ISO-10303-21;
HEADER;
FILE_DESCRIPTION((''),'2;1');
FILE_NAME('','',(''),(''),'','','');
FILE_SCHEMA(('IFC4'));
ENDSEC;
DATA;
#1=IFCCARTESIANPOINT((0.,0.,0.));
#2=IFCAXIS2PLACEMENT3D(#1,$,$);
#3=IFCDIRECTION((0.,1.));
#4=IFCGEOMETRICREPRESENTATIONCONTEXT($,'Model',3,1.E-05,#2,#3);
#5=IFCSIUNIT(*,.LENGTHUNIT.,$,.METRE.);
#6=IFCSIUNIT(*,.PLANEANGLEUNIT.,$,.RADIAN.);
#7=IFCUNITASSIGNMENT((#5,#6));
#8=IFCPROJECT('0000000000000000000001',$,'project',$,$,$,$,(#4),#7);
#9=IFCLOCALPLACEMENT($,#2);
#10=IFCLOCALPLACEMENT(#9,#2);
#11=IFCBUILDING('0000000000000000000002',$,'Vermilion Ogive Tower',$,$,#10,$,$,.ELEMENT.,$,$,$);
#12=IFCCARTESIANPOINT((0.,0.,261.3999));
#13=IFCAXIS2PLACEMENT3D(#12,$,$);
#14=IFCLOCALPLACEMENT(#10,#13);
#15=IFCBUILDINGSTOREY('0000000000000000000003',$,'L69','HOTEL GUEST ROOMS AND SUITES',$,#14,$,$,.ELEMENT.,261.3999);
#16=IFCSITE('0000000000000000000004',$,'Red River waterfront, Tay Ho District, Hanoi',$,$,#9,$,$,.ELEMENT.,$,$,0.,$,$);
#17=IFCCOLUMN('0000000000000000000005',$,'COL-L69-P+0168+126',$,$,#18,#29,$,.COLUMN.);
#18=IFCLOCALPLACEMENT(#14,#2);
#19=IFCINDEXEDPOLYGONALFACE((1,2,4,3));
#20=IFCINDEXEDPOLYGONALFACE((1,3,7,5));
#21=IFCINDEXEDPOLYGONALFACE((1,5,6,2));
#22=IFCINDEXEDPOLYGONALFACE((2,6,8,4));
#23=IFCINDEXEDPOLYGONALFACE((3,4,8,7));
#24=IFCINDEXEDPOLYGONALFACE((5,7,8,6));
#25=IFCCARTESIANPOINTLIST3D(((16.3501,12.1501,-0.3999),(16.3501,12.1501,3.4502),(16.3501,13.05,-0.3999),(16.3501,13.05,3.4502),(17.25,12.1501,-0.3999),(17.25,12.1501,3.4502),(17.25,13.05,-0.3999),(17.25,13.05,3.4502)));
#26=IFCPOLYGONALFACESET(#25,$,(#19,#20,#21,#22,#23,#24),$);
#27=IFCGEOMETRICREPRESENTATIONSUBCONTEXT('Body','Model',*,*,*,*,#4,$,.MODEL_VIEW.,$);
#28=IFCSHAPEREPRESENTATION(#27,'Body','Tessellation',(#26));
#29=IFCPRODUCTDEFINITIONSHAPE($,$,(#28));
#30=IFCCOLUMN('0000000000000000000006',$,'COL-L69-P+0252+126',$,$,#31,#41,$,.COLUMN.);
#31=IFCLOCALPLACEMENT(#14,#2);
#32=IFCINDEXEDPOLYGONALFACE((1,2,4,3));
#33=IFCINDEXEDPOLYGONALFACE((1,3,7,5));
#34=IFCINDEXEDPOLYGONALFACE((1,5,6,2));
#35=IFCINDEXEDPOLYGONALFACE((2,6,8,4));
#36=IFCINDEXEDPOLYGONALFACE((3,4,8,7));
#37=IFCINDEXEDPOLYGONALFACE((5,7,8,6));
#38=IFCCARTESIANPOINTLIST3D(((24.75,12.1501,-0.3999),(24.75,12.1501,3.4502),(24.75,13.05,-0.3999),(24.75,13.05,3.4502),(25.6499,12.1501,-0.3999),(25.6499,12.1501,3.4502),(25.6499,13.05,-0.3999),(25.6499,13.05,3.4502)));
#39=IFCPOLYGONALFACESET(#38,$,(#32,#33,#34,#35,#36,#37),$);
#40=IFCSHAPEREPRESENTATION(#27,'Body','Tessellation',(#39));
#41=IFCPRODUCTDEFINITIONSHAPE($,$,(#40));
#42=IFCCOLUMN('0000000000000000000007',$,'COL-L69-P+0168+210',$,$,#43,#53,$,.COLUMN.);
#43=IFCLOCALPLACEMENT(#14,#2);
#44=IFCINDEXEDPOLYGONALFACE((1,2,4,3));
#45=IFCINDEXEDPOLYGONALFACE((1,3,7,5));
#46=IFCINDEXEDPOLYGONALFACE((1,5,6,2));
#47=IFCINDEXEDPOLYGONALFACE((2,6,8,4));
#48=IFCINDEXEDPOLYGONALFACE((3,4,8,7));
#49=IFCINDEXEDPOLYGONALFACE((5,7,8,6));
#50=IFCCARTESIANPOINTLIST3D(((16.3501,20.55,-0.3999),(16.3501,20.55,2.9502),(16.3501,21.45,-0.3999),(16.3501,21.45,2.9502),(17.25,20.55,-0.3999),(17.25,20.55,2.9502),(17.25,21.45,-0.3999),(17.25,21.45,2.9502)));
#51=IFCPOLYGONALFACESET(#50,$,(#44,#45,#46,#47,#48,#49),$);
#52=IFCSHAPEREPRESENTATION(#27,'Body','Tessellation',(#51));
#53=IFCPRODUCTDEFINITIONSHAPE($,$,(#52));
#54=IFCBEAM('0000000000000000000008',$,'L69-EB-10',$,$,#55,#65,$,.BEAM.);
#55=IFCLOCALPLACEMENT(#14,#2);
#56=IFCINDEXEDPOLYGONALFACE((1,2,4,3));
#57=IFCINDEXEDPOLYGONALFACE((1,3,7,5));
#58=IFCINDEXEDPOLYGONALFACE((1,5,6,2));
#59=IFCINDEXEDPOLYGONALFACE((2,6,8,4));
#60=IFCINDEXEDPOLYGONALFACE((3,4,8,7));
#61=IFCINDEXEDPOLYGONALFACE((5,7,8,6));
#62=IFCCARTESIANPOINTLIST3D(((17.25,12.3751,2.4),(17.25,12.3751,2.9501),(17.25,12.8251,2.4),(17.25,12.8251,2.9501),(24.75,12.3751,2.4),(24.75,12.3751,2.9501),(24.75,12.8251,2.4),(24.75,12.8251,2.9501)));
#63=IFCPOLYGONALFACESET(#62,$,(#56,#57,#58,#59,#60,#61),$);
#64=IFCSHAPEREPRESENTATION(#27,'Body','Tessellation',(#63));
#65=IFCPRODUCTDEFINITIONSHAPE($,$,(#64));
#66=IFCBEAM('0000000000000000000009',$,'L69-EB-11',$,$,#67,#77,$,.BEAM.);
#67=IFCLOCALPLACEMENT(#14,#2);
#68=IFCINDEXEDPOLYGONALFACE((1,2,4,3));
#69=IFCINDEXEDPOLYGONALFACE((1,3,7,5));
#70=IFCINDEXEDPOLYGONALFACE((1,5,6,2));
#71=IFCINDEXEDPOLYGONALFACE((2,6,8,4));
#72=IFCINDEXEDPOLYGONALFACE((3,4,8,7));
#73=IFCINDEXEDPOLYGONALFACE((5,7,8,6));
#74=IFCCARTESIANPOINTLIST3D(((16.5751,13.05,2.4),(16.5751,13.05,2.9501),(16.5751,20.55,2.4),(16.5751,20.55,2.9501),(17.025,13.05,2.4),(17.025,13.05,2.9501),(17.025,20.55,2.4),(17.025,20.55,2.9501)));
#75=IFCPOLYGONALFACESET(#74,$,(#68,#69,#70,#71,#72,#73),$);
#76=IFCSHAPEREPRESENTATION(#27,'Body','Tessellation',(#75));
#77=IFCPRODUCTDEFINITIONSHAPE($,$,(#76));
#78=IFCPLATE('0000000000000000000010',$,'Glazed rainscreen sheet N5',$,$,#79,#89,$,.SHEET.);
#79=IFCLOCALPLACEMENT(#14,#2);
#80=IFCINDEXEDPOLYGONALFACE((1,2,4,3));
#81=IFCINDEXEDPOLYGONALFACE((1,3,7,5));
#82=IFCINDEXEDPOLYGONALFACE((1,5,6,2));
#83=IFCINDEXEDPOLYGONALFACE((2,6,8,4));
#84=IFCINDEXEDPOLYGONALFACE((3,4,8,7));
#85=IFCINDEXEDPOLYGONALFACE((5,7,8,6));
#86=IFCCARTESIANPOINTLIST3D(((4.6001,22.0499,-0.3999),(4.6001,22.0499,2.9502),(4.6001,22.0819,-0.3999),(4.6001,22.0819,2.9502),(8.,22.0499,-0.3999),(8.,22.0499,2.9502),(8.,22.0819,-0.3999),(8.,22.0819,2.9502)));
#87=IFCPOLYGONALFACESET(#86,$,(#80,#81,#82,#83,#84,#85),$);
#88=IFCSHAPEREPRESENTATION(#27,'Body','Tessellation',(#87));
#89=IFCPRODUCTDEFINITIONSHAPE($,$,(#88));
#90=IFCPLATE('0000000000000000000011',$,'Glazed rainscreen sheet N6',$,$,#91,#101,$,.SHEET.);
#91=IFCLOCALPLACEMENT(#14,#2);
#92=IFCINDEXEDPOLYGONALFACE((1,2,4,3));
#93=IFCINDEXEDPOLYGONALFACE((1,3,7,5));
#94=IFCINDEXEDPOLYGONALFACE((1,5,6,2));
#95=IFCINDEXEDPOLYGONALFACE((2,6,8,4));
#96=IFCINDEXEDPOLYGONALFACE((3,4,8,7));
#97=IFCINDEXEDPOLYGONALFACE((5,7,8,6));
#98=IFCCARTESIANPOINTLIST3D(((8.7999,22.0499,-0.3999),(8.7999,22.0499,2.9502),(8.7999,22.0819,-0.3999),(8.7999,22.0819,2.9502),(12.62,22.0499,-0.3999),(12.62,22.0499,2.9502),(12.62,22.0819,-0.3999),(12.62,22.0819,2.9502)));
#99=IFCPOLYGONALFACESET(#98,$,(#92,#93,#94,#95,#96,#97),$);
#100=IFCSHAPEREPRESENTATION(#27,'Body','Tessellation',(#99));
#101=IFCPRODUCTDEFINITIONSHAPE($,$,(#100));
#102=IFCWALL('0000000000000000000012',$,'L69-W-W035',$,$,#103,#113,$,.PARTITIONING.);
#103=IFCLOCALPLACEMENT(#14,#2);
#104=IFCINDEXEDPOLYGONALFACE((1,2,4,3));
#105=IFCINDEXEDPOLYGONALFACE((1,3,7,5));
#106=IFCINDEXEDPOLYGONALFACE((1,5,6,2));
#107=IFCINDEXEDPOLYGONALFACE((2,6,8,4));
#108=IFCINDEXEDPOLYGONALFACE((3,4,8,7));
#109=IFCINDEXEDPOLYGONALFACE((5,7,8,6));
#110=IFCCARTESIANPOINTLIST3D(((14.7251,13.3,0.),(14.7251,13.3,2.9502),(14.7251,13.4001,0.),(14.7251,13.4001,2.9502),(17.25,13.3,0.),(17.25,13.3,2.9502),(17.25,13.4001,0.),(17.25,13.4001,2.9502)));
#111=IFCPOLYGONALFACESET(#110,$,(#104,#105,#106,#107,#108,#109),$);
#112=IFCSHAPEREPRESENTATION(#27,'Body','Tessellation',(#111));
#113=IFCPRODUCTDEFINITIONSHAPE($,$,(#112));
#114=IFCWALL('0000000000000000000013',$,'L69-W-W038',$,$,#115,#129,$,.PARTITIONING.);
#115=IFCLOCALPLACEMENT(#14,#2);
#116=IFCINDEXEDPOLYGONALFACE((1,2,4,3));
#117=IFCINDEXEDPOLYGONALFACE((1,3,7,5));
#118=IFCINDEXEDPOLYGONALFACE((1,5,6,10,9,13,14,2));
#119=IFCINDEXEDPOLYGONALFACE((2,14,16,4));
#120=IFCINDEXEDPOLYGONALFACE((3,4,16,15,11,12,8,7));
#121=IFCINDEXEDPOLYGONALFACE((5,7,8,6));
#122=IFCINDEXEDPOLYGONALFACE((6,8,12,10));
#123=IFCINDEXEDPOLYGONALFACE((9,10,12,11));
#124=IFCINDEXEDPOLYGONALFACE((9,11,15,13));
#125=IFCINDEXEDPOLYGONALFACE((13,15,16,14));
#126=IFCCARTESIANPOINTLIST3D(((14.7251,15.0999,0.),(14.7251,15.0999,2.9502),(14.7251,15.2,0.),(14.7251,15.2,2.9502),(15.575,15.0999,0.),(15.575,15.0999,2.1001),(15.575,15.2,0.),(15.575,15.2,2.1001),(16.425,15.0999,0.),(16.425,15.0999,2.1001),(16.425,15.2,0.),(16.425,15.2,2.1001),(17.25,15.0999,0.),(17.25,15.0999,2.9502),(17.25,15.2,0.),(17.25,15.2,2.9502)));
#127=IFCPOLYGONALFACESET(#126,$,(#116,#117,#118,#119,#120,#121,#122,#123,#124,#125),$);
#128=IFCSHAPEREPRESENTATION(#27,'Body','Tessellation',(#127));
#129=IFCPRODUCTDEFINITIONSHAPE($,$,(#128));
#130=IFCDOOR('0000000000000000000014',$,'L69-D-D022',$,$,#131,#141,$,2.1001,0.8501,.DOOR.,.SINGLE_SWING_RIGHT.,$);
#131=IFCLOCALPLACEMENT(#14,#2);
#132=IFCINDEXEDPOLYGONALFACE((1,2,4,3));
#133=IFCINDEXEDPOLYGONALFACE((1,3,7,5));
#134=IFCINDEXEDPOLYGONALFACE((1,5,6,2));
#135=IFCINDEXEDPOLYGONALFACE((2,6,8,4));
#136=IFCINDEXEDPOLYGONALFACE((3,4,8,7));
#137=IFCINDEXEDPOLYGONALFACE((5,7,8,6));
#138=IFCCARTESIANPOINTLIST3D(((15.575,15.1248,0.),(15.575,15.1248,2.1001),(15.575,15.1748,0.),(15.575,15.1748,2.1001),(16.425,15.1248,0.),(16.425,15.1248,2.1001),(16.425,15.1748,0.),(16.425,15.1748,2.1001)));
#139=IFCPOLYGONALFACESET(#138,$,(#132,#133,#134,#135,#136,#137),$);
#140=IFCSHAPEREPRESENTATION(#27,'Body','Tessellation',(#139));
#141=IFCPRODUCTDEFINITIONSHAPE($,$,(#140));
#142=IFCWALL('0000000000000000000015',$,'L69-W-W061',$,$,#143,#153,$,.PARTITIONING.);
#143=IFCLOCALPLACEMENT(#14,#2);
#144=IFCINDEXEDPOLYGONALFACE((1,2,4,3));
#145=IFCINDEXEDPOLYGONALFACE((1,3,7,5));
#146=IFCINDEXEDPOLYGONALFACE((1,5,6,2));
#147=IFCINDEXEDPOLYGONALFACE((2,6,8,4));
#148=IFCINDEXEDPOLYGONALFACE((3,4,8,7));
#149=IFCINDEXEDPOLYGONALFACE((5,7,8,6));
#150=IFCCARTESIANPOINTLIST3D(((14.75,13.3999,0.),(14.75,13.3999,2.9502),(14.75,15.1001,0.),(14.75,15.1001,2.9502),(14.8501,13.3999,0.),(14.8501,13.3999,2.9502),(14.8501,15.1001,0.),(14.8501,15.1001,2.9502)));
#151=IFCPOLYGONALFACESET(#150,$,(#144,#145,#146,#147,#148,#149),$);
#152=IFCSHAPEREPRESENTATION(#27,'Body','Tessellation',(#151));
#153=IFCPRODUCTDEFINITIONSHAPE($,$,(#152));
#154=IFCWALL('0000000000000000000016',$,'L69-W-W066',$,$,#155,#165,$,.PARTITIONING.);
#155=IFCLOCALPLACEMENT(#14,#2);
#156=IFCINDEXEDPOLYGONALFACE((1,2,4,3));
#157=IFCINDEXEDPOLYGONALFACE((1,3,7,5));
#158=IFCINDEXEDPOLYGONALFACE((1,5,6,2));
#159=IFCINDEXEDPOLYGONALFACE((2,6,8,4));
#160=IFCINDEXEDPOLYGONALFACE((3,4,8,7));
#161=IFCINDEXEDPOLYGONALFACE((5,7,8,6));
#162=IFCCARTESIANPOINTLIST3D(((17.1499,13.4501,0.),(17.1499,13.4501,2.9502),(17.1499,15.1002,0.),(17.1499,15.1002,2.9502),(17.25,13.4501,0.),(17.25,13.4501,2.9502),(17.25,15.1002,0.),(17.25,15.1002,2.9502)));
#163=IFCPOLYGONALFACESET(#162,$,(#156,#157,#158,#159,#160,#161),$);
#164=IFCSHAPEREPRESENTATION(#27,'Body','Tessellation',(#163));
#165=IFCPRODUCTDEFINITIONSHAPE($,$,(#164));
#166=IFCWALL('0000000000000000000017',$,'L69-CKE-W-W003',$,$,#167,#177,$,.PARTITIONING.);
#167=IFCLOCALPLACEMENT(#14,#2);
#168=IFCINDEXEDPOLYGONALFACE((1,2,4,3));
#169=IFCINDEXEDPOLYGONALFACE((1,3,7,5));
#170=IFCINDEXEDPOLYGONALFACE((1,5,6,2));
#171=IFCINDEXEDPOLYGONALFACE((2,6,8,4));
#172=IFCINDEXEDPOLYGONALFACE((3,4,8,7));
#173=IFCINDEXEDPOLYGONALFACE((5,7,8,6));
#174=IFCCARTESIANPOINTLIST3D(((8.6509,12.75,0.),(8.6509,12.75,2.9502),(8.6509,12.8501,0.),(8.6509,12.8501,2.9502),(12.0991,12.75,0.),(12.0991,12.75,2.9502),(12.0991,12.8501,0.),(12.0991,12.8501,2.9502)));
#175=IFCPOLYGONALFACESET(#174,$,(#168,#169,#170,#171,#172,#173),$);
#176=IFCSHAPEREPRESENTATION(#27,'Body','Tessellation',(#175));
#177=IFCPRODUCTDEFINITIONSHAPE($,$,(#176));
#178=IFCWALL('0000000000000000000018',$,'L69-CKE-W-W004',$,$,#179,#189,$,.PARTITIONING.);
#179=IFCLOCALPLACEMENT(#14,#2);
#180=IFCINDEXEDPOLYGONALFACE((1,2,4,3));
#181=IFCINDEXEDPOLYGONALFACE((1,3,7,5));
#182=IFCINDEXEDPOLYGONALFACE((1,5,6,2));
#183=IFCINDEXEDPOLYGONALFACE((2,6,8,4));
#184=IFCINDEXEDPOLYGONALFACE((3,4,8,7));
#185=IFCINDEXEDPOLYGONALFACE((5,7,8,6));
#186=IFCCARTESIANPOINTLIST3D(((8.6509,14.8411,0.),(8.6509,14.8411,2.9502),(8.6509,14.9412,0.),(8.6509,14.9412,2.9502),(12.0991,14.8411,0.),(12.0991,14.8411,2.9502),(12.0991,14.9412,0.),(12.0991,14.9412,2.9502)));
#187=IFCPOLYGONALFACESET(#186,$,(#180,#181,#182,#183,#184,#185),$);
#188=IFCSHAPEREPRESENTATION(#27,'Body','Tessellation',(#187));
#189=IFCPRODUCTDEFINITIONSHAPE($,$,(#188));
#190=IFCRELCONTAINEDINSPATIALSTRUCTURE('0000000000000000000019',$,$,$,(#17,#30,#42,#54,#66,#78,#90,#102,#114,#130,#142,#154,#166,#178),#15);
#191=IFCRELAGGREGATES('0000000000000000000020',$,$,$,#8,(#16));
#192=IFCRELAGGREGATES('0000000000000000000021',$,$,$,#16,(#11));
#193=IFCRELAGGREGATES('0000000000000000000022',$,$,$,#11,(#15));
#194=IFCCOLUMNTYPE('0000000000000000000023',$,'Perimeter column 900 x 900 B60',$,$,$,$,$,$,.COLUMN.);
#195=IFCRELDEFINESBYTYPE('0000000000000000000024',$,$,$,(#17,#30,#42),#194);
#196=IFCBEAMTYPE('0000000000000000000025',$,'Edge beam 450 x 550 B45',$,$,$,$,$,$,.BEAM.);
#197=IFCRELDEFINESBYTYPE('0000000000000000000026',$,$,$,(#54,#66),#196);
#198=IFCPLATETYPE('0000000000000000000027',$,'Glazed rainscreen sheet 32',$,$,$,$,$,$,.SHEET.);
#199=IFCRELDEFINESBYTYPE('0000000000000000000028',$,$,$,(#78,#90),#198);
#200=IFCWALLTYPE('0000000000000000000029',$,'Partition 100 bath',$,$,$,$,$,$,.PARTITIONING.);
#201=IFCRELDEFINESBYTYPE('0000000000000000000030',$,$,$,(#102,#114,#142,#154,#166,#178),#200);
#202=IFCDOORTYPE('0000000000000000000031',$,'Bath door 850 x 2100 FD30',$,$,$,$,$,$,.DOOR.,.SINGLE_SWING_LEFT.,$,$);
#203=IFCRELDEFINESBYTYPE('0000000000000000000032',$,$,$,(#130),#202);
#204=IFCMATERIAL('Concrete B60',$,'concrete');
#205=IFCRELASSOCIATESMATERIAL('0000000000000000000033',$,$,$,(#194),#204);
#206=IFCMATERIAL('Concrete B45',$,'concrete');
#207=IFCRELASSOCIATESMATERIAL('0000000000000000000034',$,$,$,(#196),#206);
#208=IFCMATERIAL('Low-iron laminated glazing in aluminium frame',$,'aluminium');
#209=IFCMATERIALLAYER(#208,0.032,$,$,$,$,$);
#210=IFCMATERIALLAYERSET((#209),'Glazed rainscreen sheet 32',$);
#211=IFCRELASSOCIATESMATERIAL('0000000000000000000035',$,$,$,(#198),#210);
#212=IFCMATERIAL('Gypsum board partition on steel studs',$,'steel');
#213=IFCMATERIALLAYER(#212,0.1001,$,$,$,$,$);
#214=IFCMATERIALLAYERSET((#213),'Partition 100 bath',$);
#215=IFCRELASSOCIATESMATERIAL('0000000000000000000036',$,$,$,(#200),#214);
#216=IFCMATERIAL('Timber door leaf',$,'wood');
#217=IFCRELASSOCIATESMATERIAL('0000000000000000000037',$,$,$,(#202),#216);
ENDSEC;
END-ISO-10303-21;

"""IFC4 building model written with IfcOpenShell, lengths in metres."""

from ifc_helpers import new_model, si_unit, direction, frame, frame_2d, origin, origin_2d, place, context, subcontext, project, spatial, rectangle, extrude, material, layer, layer_set, material_profile, profile_set, type_object, element, fill, save


model = new_model("IFC4")

# Units and contexts
model_context = context("Model", 3, precision=1e-05, world=origin(), true_north=direction((0.0, 1.0)))
body_context = subcontext(model_context, "Body", "Model", "MODEL_VIEW")
ifc_project = project(units=[si_unit("LENGTHUNIT", "METRE"), si_unit("PLANEANGLEUNIT", "RADIAN")], contexts=[model_context])

# Site, building, storey
site_placement = place(None, origin())
site = spatial("IfcSite", under=ifc_project, at=site_placement, Name="Red River waterfront, Tay Ho District, Hanoi", CompositionType="ELEMENT", RefElevation=0.0)
building_placement = place(site_placement, origin())
building = spatial("IfcBuilding", under=site, at=building_placement, Name="Vermilion Ogive Tower", CompositionType="ELEMENT")
storey_placement = place(building_placement, frame((0.0, 0.0, 261.3999)))
storey = spatial("IfcBuildingStorey", under=building, at=storey_placement, Name="L69", Description="HOTEL GUEST ROOMS AND SUITES", CompositionType="ELEMENT", Elevation=261.3999)

# Columns
ifc_material_1 = material(Name="Concrete B60", Category="concrete")
ifc_material_profile_1 = material_profile(ifc_material_1, rectangle(XDim=0.8999, YDim=0.8999, at=origin_2d()), Name="900 x 900")
ifc_profile_set_1 = profile_set([ifc_material_profile_1], Name="Concrete B60")
column_type = type_object("IfcColumnType", Name="Perimeter column 900 x 900 B60", PredefinedType="COLUMN", material=ifc_profile_set_1)
for number, where, z_axis, x_axis, name in (
    (1, (16.8, 12.6001, -0.3999), (0.0, 0.0, 1.0), (1.0, 0.0, 0.0), "COL-L69-P+0168+126"),
    (2, (25.2, 12.6001, -0.3999), (0.0, 0.0, 1.0), (1.0, 0.0, 0.0), "COL-L69-P+0252+126"),
):
    element("IfcColumn", number, at=place(storey_placement, frame(where, z_axis=z_axis, x_axis=x_axis)), inside=storey, type_object=column_type, Name=name, PredefinedType="COLUMN", context=body_context, shape_type="SweptSolid", body=[
        extrude(rectangle(XDim=0.8999, YDim=0.8999, at=origin_2d()), origin(), (0.0, 0.0, 1.0), 3.8501),
    ])
column_placement = place(storey_placement, frame((16.8, 21.0, -0.3999), z_axis=(0.0, 0.0, 1.0), x_axis=(1.0, 0.0, 0.0)))
element("IfcColumn", 3, at=column_placement, inside=storey, type_object=column_type, Name="COL-L69-P+0168+210", PredefinedType="COLUMN", context=body_context, shape_type="SweptSolid", body=[
    extrude(rectangle(XDim=0.8999, YDim=0.8999, at=origin_2d()), origin(), (0.0, 0.0, 1.0), 3.3501),
])

# Beams
ifc_material_2 = material(Name="Concrete B45", Category="concrete")
ifc_material_profile_2 = material_profile(ifc_material_2, rectangle(XDim=0.45, YDim=0.55, at=origin_2d()), Name="450 x 550")
ifc_profile_set_2 = profile_set([ifc_material_profile_2], Name="Concrete B45")
beam_type = type_object("IfcBeamType", Name="Edge beam 450 x 550 B45", PredefinedType="BEAM", material=ifc_profile_set_2)
for number, where, z_axis, x_axis, name in (
    (4, (24.75, 12.6001, 2.675), (-1.0, 0.0, 0.0), (0.0, -1.0, 0.0), "L69-EB-10"),
    (5, (16.8, 13.05, 2.675), (0.0, 1.0, 0.0), (-1.0, 0.0, 0.0), "L69-EB-11"),
):
    element("IfcBeam", number, at=place(storey_placement, frame(where, z_axis=z_axis, x_axis=x_axis)), inside=storey, type_object=beam_type, Name=name, PredefinedType="BEAM", context=body_context, shape_type="SweptSolid", body=[
        extrude(rectangle(XDim=0.45, YDim=0.55, at=origin_2d()), origin(), (0.0, 0.0, 1.0), 7.5),
    ])

# Plates
ifc_material_3 = material(Name="Low-iron laminated glazing in aluminium frame", Category="aluminium")
ifc_layer_1 = layer(ifc_material_3, 0.032)
ifc_layer_set_1 = layer_set([ifc_layer_1], Name="Glazed rainscreen sheet 32")
plate_type = type_object("IfcPlateType", Name="Glazed rainscreen sheet 32", PredefinedType="SHEET", material=ifc_layer_set_1)
plate_1_placement = place(storey_placement, frame((6.3, 22.0659, -0.3999), z_axis=(0.0, 0.0, 1.0), x_axis=(1.0, 0.0, 0.0)))
element("IfcPlate", 6, at=plate_1_placement, inside=storey, type_object=plate_type, Name="Glazed rainscreen sheet N5", PredefinedType="SHEET", context=body_context, shape_type="SweptSolid", body=[
    extrude(rectangle(XDim=3.3999, YDim=0.032, at=origin_2d()), origin(), (0.0, 0.0, 1.0), 3.3501),
])
plate_2_placement = place(storey_placement, frame((10.71, 22.0659, -0.3999), z_axis=(0.0, 0.0, 1.0), x_axis=(1.0, 0.0, 0.0)))
element("IfcPlate", 7, at=plate_2_placement, inside=storey, type_object=plate_type, Name="Glazed rainscreen sheet N6", PredefinedType="SHEET", context=body_context, shape_type="SweptSolid", body=[
    extrude(rectangle(XDim=3.8201, YDim=0.032, at=origin_2d()), origin(), (0.0, 0.0, 1.0), 3.3501),
])

# Wall
ifc_material_4 = material(Name="Gypsum board partition on steel studs", Category="steel")
ifc_layer_2 = layer(ifc_material_4, 0.1001)
ifc_layer_set_2 = layer_set([ifc_layer_2], Name="Partition 100 bath")
wall_type_1 = type_object("IfcWallType", Name="Partition 100 bath", PredefinedType="PARTITIONING", material=ifc_layer_set_2)
wall_1_placement = place(storey_placement, frame((14.7251, 13.3501, 0.0), z_axis=(0.0, 0.0, 1.0), x_axis=(1.0, 0.0, 0.0)))
element("IfcWall", 8, at=wall_1_placement, inside=storey, type_object=wall_type_1, Name="L69-W-W035", PredefinedType="PARTITIONING", context=body_context, shape_type="SweptSolid", body=[
    extrude(rectangle(XDim=2.5249, YDim=0.1001, at=frame_2d((1.2625, 0.0))), origin(), (0.0, 0.0, 1.0), 2.9502),
])

# Wall, opening, door
wall_2_placement = place(storey_placement, frame((14.7251, 15.1499, 0.0), z_axis=(0.0, 0.0, 1.0), x_axis=(1.0, 0.0, 0.0)))
wall_2 = element("IfcWall", 9, at=wall_2_placement, inside=storey, type_object=wall_type_1, Name="L69-W-W038", PredefinedType="PARTITIONING", context=body_context, shape_type="SweptSolid", body=[
    extrude(rectangle(XDim=2.5249, YDim=0.1001, at=frame_2d((1.2625, 0.0))), origin(), (0.0, 0.0, 1.0), 2.9502),
])
opening_1_placement = place(wall_2_placement, frame((0.8499, 0.0, 0.0)))
opening_1 = element("IfcOpeningElement", 10, at=opening_1_placement, cuts=wall_2, PredefinedType="OPENING", context=body_context, shape_type="SweptSolid", body=[
    extrude(rectangle(XDim=0.8501, YDim=2.1001, at=frame_2d((0.425, 1.05))), frame((0.0, 0.0601, 0.0), z_axis=(0.0, -1.0, 0.0), x_axis=(1.0, 0.0, 0.0)), (0.0, 0.0, 1.0), 0.1201),
])
ifc_material_5 = material(Name="Timber door leaf", Category="wood")
door_type_1 = type_object("IfcDoorType", Name="Bath door 850 x 2100 FD30", OperationType="SINGLE_SWING_LEFT", PredefinedType="DOOR", material=ifc_material_5)
door_1_placement = place(opening_1_placement, origin())
door_1 = element("IfcDoor", 11, at=door_1_placement, inside=storey, type_object=door_type_1, Name="L69-D-D022", OperationType="SINGLE_SWING_RIGHT", OverallHeight=2.1001, OverallWidth=0.8501, PredefinedType="DOOR", context=body_context, shape_type="SweptSolid", body=[
    extrude(rectangle(XDim=0.8501, YDim=2.1001, at=frame_2d((0.425, 1.05))), frame((0.0, 0.0249, 0.0), z_axis=(0.0, -1.0, 0.0), x_axis=(1.0, 0.0, 0.0)), (0.0, 0.0, 1.0), 0.05),
])
fill(opening_1, door_1)

# Walls
wall_3_placement = place(storey_placement, frame((14.8, 13.3999, 0.0), z_axis=(0.0, 0.0, 1.0), x_axis=(0.0, 1.0, 0.0)))
element("IfcWall", 12, at=wall_3_placement, inside=storey, type_object=wall_type_1, Name="L69-W-W061", PredefinedType="PARTITIONING", context=body_context, shape_type="SweptSolid", body=[
    extrude(rectangle(XDim=1.7002, YDim=0.1001, at=frame_2d((0.8501, 0.0))), origin(), (0.0, 0.0, 1.0), 2.9502),
])
wall_4_placement = place(storey_placement, frame((17.2, 13.45, 0.0), z_axis=(0.0, 0.0, 1.0), x_axis=(0.0, 1.0, 0.0)))
element("IfcWall", 13, at=wall_4_placement, inside=storey, type_object=wall_type_1, Name="L69-W-W066", PredefinedType="PARTITIONING", context=body_context, shape_type="SweptSolid", body=[
    extrude(rectangle(XDim=1.6501, YDim=0.1001, at=frame_2d((0.8252, 0.0))), origin(), (0.0, 0.0, 1.0), 2.9502),
])
for number, where, z_axis, x_axis, name in (
    (14, (8.6509, 12.8, 0.0), (0.0, 0.0, 1.0), (1.0, 0.0, 0.0), "L69-CKE-W-W003"),
    (15, (8.6509, 14.8911, 0.0), (0.0, 0.0, 1.0), (1.0, 0.0, 0.0), "L69-CKE-W-W004"),
):
    element("IfcWall", number, at=place(storey_placement, frame(where, z_axis=z_axis, x_axis=x_axis)), inside=storey, type_object=wall_type_1, Name=name, PredefinedType="PARTITIONING", context=body_context, shape_type="SweptSolid", body=[
        extrude(rectangle(XDim=3.4482, YDim=0.1001, at=frame_2d((1.7241, 0.0))), origin(), (0.0, 0.0, 1.0), 2.9502),
    ])

save(model, "model.ifc")
